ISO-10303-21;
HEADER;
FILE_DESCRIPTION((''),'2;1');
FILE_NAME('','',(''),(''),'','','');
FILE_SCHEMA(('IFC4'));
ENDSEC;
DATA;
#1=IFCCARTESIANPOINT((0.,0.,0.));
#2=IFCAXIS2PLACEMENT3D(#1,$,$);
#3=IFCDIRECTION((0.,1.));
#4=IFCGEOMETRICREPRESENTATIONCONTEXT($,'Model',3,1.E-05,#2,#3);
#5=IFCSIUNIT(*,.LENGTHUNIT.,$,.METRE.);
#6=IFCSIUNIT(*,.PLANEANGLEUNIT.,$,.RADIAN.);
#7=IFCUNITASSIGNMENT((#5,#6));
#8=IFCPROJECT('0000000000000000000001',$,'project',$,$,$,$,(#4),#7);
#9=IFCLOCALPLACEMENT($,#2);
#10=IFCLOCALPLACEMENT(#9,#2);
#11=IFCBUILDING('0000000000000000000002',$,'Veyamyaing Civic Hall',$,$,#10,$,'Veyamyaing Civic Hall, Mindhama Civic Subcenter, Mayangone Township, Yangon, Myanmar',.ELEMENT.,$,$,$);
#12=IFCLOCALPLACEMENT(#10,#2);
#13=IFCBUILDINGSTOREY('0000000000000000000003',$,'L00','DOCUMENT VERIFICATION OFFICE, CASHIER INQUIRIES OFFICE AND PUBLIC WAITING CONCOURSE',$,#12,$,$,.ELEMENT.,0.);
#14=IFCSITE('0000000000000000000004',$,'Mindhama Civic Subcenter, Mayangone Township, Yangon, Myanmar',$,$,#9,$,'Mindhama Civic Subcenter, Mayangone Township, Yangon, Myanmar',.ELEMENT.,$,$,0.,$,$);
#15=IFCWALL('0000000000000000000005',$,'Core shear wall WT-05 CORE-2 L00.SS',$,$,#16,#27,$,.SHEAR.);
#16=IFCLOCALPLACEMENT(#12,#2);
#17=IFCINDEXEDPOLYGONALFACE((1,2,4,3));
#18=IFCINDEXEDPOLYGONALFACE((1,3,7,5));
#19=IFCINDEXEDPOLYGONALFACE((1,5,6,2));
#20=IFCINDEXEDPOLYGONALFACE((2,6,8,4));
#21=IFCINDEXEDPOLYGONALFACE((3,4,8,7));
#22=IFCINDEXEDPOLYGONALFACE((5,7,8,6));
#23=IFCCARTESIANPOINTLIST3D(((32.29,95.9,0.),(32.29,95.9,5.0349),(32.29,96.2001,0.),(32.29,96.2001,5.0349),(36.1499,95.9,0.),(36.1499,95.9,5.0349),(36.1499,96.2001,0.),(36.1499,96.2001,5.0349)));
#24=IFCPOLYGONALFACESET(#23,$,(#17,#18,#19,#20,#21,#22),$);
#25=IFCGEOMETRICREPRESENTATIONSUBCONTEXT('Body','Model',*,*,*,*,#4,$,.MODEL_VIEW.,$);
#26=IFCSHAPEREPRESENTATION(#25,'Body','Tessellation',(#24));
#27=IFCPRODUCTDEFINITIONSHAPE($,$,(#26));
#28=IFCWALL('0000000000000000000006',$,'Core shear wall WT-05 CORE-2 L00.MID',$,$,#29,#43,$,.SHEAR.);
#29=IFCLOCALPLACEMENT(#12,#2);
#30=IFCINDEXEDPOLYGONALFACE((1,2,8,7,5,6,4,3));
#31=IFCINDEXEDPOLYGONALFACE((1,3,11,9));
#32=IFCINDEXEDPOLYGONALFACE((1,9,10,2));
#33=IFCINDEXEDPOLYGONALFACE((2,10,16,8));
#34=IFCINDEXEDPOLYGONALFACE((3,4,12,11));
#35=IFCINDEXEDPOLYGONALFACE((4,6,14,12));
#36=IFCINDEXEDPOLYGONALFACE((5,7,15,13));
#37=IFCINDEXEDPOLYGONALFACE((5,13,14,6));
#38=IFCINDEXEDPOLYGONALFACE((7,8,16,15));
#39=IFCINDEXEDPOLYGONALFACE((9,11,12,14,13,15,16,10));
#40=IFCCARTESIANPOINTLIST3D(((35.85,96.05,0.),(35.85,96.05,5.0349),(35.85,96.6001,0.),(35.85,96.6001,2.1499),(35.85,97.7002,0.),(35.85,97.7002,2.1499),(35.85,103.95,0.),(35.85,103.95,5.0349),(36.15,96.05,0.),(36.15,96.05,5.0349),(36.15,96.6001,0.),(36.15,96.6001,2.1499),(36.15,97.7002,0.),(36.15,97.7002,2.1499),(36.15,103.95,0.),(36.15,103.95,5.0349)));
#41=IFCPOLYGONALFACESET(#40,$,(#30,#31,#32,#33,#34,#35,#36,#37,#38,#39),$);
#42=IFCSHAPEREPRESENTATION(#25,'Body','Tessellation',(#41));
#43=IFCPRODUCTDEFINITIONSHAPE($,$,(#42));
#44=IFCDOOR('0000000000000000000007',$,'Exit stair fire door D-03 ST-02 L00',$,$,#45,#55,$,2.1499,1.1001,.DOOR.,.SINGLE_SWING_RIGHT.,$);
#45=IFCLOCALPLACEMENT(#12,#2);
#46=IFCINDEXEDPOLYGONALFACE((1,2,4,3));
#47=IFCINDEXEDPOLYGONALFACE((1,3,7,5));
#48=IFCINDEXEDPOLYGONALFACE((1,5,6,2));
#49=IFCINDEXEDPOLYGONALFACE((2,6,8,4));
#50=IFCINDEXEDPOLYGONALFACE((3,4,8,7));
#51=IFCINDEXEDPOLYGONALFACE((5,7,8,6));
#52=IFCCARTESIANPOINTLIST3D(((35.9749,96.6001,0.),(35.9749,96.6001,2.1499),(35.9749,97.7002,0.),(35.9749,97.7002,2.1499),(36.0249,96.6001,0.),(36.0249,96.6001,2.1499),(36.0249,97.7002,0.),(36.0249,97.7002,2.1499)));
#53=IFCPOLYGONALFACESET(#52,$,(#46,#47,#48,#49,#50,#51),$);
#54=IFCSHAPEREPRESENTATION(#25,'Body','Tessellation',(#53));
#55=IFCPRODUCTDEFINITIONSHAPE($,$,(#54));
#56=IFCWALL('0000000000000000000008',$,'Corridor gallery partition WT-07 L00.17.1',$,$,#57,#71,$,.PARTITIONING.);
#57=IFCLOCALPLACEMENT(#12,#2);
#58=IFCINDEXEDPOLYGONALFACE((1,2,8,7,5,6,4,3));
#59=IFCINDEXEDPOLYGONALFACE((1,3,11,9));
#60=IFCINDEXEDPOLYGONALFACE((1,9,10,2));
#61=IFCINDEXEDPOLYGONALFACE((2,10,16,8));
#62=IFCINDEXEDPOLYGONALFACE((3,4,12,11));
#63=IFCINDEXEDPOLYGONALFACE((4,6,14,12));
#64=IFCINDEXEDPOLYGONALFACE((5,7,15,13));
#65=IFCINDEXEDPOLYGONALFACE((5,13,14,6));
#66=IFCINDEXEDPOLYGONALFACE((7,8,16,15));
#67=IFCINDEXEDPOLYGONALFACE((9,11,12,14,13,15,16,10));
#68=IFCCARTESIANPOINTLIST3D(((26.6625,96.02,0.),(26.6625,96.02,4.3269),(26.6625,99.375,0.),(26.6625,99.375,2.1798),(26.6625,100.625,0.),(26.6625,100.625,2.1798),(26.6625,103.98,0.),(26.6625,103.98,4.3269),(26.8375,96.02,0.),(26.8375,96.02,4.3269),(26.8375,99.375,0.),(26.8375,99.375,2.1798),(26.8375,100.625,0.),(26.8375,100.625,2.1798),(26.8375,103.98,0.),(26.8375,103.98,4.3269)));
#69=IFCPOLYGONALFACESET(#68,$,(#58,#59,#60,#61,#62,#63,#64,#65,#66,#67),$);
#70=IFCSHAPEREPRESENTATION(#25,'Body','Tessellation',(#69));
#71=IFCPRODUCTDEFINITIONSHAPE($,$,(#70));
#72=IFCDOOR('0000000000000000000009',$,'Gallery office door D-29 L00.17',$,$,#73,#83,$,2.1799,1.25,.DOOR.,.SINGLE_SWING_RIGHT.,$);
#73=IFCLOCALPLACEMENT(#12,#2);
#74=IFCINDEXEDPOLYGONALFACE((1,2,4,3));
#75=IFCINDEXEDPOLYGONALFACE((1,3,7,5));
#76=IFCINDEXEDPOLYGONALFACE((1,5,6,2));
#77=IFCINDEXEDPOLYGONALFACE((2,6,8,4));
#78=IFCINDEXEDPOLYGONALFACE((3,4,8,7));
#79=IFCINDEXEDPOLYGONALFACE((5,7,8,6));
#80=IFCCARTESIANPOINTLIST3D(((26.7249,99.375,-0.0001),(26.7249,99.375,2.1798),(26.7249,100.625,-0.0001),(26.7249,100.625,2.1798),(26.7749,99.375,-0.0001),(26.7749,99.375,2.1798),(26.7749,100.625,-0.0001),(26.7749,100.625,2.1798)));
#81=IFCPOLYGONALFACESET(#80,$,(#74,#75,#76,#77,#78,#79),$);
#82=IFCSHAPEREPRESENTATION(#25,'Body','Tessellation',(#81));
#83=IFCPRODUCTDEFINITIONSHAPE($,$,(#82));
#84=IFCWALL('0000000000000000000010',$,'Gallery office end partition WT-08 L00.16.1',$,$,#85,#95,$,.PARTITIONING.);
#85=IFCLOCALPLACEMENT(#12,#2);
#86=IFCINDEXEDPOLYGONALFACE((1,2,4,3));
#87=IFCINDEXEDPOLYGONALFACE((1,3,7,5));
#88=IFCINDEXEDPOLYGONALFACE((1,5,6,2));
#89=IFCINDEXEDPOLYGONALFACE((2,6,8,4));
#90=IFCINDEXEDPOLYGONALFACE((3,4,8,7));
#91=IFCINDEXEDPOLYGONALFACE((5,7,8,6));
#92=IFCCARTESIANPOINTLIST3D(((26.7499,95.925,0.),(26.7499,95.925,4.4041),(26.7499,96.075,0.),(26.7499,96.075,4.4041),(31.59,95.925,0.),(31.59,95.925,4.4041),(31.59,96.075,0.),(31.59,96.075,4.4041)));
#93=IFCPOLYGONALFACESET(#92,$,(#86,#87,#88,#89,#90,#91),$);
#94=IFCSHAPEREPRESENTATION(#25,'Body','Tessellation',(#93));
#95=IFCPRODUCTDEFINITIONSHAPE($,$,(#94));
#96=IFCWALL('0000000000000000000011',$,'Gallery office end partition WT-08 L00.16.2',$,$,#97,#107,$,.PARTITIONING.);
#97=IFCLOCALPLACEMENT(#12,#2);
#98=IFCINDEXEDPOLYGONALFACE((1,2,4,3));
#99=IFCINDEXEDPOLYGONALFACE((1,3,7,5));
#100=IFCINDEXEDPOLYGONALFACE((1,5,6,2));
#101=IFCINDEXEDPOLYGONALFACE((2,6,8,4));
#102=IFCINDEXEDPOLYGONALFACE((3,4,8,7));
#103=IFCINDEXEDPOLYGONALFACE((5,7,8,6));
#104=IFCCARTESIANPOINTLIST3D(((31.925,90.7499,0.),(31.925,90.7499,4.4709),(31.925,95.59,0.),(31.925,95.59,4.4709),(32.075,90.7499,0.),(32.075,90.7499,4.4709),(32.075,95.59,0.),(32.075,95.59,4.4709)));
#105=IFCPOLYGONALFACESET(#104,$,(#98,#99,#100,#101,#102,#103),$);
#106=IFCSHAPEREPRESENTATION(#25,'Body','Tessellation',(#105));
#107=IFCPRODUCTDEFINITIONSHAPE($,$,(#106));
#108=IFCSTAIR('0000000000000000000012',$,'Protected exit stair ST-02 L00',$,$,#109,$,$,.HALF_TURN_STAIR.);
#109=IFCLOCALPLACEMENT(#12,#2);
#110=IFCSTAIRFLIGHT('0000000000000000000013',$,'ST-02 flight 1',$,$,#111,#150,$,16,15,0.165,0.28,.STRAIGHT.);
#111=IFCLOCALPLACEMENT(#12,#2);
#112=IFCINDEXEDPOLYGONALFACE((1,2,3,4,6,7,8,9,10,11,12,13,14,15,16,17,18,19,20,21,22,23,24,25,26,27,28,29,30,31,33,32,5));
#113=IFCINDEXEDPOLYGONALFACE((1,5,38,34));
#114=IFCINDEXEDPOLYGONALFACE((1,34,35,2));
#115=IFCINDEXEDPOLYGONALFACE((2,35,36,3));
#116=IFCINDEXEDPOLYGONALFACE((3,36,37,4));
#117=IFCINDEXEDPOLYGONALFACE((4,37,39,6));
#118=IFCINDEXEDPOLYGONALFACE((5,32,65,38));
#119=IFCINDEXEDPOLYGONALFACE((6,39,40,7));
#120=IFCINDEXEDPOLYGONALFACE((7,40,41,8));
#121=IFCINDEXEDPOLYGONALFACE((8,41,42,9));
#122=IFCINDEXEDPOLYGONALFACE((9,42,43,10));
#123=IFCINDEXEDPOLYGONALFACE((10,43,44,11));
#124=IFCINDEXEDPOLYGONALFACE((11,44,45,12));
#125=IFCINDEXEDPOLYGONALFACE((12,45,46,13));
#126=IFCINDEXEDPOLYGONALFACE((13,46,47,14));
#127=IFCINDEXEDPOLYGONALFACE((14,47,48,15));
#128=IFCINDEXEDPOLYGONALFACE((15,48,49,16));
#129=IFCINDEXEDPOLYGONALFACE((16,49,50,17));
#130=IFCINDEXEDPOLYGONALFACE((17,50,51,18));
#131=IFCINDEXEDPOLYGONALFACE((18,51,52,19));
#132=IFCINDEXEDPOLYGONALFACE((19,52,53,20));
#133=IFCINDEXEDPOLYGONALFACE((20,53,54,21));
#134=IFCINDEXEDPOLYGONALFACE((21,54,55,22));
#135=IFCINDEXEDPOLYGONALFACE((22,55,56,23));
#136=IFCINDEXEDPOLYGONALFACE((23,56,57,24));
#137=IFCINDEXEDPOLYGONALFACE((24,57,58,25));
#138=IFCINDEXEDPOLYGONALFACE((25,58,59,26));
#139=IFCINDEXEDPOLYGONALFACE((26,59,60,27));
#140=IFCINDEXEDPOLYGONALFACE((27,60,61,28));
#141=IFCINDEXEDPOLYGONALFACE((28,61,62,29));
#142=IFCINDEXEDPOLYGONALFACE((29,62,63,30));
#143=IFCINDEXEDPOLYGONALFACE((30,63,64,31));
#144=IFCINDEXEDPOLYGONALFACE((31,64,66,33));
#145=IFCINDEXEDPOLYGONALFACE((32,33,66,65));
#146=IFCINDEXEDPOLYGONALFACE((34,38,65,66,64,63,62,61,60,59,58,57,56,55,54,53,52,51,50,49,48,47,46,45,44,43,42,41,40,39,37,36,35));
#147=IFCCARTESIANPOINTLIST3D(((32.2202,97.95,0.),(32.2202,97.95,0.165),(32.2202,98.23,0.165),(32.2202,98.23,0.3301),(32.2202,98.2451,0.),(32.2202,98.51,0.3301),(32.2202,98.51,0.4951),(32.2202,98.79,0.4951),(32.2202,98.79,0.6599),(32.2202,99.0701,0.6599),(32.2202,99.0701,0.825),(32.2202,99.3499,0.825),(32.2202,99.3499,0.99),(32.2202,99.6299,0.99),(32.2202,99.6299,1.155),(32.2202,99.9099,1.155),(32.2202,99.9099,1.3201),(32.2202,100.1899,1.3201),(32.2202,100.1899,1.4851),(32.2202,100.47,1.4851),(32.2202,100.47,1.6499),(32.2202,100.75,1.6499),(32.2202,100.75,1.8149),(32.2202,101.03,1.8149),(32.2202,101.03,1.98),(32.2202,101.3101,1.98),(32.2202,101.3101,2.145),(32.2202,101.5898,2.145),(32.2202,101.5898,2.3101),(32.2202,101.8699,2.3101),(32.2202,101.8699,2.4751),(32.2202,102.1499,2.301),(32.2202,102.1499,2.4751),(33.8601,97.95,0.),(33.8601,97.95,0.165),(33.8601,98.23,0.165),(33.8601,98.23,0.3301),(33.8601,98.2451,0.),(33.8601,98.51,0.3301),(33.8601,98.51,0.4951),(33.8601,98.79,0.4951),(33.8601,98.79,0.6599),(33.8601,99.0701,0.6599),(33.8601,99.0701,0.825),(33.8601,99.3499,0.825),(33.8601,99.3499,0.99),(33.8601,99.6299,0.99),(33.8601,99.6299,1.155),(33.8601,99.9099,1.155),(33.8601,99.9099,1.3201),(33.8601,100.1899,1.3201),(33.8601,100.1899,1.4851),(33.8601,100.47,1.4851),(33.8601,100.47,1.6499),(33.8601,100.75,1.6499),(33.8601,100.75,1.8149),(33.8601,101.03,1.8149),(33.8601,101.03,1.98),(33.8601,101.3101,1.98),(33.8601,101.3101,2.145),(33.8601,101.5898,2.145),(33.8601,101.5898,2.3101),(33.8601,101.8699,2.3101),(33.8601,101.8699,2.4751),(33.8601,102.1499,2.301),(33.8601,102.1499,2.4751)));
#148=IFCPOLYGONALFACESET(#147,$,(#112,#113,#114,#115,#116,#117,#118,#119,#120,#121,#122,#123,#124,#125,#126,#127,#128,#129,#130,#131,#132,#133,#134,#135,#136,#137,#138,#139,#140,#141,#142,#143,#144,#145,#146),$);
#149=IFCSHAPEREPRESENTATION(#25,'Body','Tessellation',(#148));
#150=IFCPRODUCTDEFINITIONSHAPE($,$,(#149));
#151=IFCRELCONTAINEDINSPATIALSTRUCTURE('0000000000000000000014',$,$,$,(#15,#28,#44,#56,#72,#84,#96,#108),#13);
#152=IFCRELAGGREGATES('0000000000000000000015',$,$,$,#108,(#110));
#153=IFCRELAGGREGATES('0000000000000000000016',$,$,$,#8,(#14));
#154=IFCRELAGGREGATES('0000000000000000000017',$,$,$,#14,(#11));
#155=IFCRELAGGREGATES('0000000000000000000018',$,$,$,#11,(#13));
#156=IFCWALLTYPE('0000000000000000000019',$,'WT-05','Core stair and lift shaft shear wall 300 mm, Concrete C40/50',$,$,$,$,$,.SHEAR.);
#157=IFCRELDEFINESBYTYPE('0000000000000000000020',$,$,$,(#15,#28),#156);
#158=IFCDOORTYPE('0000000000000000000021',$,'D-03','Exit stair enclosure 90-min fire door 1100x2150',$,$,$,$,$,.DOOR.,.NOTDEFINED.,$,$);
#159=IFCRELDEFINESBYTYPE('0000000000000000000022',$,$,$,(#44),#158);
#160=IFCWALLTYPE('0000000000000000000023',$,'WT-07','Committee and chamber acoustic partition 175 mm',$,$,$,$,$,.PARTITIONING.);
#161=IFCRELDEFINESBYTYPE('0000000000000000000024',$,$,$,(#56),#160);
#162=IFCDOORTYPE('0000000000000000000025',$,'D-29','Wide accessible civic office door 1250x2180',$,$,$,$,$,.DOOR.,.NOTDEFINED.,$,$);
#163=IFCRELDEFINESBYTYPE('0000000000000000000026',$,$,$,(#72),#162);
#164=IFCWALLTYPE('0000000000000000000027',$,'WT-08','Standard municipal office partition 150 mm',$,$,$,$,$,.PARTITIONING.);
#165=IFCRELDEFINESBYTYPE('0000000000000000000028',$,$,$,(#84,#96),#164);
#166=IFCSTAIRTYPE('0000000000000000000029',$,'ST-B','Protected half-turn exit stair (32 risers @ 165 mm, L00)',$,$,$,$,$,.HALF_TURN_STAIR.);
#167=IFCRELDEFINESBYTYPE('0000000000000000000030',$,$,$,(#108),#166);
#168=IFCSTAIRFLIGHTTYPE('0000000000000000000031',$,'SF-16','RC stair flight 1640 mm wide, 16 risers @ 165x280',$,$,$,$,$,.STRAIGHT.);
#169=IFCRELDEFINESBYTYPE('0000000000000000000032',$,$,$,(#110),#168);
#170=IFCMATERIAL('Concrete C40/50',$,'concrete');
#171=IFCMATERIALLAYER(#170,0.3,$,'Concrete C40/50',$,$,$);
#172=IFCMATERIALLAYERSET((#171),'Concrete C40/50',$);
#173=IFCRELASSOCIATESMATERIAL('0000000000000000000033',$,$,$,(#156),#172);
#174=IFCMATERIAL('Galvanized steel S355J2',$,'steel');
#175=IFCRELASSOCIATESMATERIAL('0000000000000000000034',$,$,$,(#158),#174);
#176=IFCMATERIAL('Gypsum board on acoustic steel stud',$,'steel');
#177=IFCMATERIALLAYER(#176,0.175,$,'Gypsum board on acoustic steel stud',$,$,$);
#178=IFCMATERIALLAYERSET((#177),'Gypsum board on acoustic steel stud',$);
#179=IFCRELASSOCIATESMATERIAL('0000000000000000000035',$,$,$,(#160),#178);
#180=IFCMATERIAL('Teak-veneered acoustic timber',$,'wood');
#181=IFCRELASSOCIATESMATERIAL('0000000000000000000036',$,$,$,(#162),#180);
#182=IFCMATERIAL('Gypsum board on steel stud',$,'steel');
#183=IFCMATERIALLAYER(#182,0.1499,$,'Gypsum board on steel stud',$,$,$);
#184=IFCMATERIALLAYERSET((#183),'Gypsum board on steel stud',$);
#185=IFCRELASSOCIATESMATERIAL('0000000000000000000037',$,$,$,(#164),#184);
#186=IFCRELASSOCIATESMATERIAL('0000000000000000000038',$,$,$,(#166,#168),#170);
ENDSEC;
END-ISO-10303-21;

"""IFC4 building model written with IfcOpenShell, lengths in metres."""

from ifc_helpers import new_model, si_unit, direction, frame, frame_2d, origin, place, context, subcontext, project, spatial, polyline, rectangle, outline, extrude, material, layer, layer_set, type_object, element, fill, aggregate, save


model = new_model("IFC4")

# Units and contexts
model_context = context("Model", 3, precision=1e-05, world=origin(), true_north=direction((0.0, 1.0)))
body_context = subcontext(model_context, "Body", "Model", "MODEL_VIEW")
ifc_project = project(units=[si_unit("LENGTHUNIT", "METRE"), si_unit("PLANEANGLEUNIT", "RADIAN")], contexts=[model_context])

# Site, building, storey
site_placement = place(None, origin())
site = spatial("IfcSite", under=ifc_project, at=site_placement, Name="Mindhama Civic Subcenter, Mayangone Township, Yangon, Myanmar", LongName="Mindhama Civic Subcenter, Mayangone Township, Yangon, Myanmar", CompositionType="ELEMENT", RefElevation=0.0)
building_placement = place(site_placement, origin())
building = spatial("IfcBuilding", under=site, at=building_placement, Name="Veyamyaing Civic Hall", LongName="Veyamyaing Civic Hall, Mindhama Civic Subcenter, Mayangone Township, Yangon, Myanmar", CompositionType="ELEMENT")
storey_placement = place(building_placement, origin())
storey = spatial("IfcBuildingStorey", under=building, at=storey_placement, Name="L00", Description="DOCUMENT VERIFICATION OFFICE, CASHIER INQUIRIES OFFICE AND PUBLIC WAITING CONCOURSE", CompositionType="ELEMENT", Elevation=0.0)

# Wall
ifc_material_1 = material(Name="Concrete C40/50", Category="concrete")
ifc_layer_1 = layer(ifc_material_1, 0.3, Name="Concrete C40/50")
ifc_layer_set_1 = layer_set([ifc_layer_1], Name="Concrete C40/50")
wall_type_1 = type_object("IfcWallType", Name="WT-05", Description="Core stair and lift shaft shear wall 300 mm, Concrete C40/50", PredefinedType="SHEAR", material=ifc_layer_set_1)
wall_1_placement = place(storey_placement, frame((32.29, 96.05, 0.0), z_axis=(0.0, 0.0, 1.0), x_axis=(1.0, 0.0, 0.0)))
element("IfcWall", 1, at=wall_1_placement, inside=storey, type_object=wall_type_1, Name="Core shear wall WT-05 CORE-2 L00.SS", PredefinedType="SHEAR", context=body_context, shape_type="SweptSolid", body=[
    extrude(rectangle(XDim=3.8599, YDim=0.3, at=frame_2d((1.9299, 0.0))), origin(), (0.0, 0.0, 1.0), 5.0349),
])

# Walls, openings, doors
wall_2_placement = place(storey_placement, frame((36.0, 96.05, 0.0), z_axis=(0.0, 0.0, 1.0), x_axis=(0.0, 1.0, 0.0)))
wall_2 = element("IfcWall", 2, at=wall_2_placement, inside=storey, type_object=wall_type_1, Name="Core shear wall WT-05 CORE-2 L00.MID", PredefinedType="SHEAR", context=body_context, shape_type="SweptSolid", body=[
    extrude(rectangle(XDim=7.8999, YDim=0.3, at=frame_2d((3.95, 0.0))), origin(), (0.0, 0.0, 1.0), 5.0349),
])
opening_1_placement = place(wall_2_placement, frame((0.55, 0.0, 0.0)))
opening_1 = element("IfcOpeningElement", 3, at=opening_1_placement, cuts=wall_2, PredefinedType="OPENING", context=body_context, shape_type="SweptSolid", body=[
    extrude(rectangle(XDim=1.1001, YDim=2.1499, at=frame_2d((0.55, 1.075))), frame((0.0, 0.1599, 0.0), z_axis=(0.0, -1.0, 0.0), x_axis=(1.0, 0.0, 0.0)), (0.0, 0.0, 1.0), 0.3201),
])
ifc_material_2 = material(Name="Galvanized steel S355J2", Category="steel")
door_type_1 = type_object("IfcDoorType", Name="D-03", Description="Exit stair enclosure 90-min fire door 1100x2150", OperationType="NOTDEFINED", PredefinedType="DOOR", material=ifc_material_2)
door_1_placement = place(opening_1_placement, frame((1.1001, 0.0, 0.0), z_axis=(0.0, 0.0, 1.0), x_axis=(-1.0, 0.0, 0.0)))
door_1 = element("IfcDoor", 4, at=door_1_placement, inside=storey, type_object=door_type_1, Name="Exit stair fire door D-03 ST-02 L00", OperationType="SINGLE_SWING_RIGHT", OverallHeight=2.1499, OverallWidth=1.1001, PredefinedType="DOOR", context=body_context, shape_type="SweptSolid", body=[
    extrude(rectangle(XDim=1.1001, YDim=2.1499, at=frame_2d((0.55, 1.075))), frame((0.0, 0.0249, 0.0), z_axis=(0.0, -1.0, 0.0), x_axis=(1.0, 0.0, 0.0)), (0.0, 0.0, 1.0), 0.05),
])
fill(opening_1, door_1)
ifc_material_3 = material(Name="Gypsum board on acoustic steel stud", Category="steel")
ifc_layer_2 = layer(ifc_material_3, 0.175, Name="Gypsum board on acoustic steel stud")
ifc_layer_set_2 = layer_set([ifc_layer_2], Name="Gypsum board on acoustic steel stud")
wall_type_2 = type_object("IfcWallType", Name="WT-07", Description="Committee and chamber acoustic partition 175 mm", PredefinedType="PARTITIONING", material=ifc_layer_set_2)
wall_3_placement = place(storey_placement, frame((26.75, 96.02, 0.0), z_axis=(0.0, 0.0, 1.0), x_axis=(0.0, 1.0, 0.0)))
wall_3 = element("IfcWall", 5, at=wall_3_placement, inside=storey, type_object=wall_type_2, Name="Corridor gallery partition WT-07 L00.17.1", PredefinedType="PARTITIONING", context=body_context, shape_type="SweptSolid", body=[
    extrude(rectangle(XDim=7.96, YDim=0.175, at=frame_2d((3.98, 0.0))), origin(), (0.0, 0.0, 1.0), 4.3269),
])
opening_2_placement = place(wall_3_placement, frame((3.355, 0.0, 0.0)))
opening_2 = element("IfcOpeningElement", 6, at=opening_2_placement, cuts=wall_3, PredefinedType="OPENING", context=body_context, shape_type="SweptSolid", body=[
    extrude(rectangle(XDim=1.25, YDim=2.1799, at=frame_2d((0.625, 1.0898))), frame((0.0, 0.0974, 0.0), z_axis=(0.0, -1.0, 0.0), x_axis=(1.0, 0.0, 0.0)), (0.0, 0.0, 1.0), 0.1951),
])
ifc_material_4 = material(Name="Teak-veneered acoustic timber", Category="wood")
door_type_2 = type_object("IfcDoorType", Name="D-29", Description="Wide accessible civic office door 1250x2180", OperationType="NOTDEFINED", PredefinedType="DOOR", material=ifc_material_4)
door_2_placement = place(opening_2_placement, frame((1.25, 0.0, 0.0), z_axis=(0.0, 0.0, 1.0), x_axis=(-1.0, 0.0, 0.0)))
door_2 = element("IfcDoor", 7, at=door_2_placement, inside=storey, type_object=door_type_2, Name="Gallery office door D-29 L00.17", OperationType="SINGLE_SWING_RIGHT", OverallHeight=2.1799, OverallWidth=1.25, PredefinedType="DOOR", context=body_context, shape_type="SweptSolid", body=[
    extrude(rectangle(XDim=1.25, YDim=2.1799, at=frame_2d((0.625, 1.0898))), frame((0.0, 0.0249, 0.0), z_axis=(0.0, -1.0, 0.0), x_axis=(1.0, 0.0, 0.0)), (0.0, 0.0, 1.0), 0.05),
])
fill(opening_2, door_2)

# Walls
ifc_material_5 = material(Name="Gypsum board on steel stud", Category="steel")
ifc_layer_3 = layer(ifc_material_5, 0.1499, Name="Gypsum board on steel stud")
ifc_layer_set_3 = layer_set([ifc_layer_3], Name="Gypsum board on steel stud")
wall_type_3 = type_object("IfcWallType", Name="WT-08", Description="Standard municipal office partition 150 mm", PredefinedType="PARTITIONING", material=ifc_layer_set_3)
wall_4_placement = place(storey_placement, frame((26.75, 96.0, 0.0), z_axis=(0.0, 0.0, 1.0), x_axis=(1.0, 0.0, 0.0)))
element("IfcWall", 8, at=wall_4_placement, inside=storey, type_object=wall_type_3, Name="Gallery office end partition WT-08 L00.16.1", PredefinedType="PARTITIONING", context=body_context, shape_type="SweptSolid", body=[
    extrude(rectangle(XDim=4.8401, YDim=0.1499, at=frame_2d((2.4199, 0.0))), origin(), (0.0, 0.0, 1.0), 4.4041),
])
wall_5_placement = place(storey_placement, frame((32.0, 90.75, 0.0), z_axis=(0.0, 0.0, 1.0), x_axis=(0.0, 1.0, 0.0)))
element("IfcWall", 9, at=wall_5_placement, inside=storey, type_object=wall_type_3, Name="Gallery office end partition WT-08 L00.16.2", PredefinedType="PARTITIONING", context=body_context, shape_type="SweptSolid", body=[
    extrude(rectangle(XDim=4.8401, YDim=0.1499, at=frame_2d((2.4199, 0.0))), origin(), (0.0, 0.0, 1.0), 4.4709),
])

# Stair, stair flight
stair_type = type_object("IfcStairType", Name="ST-B", Description="Protected half-turn exit stair (32 risers @ 165 mm, L00)", PredefinedType="HALF_TURN_STAIR", material=ifc_material_1)
stair_placement = place(storey_placement, origin())
stair = element("IfcStair", 10, at=stair_placement, inside=storey, type_object=stair_type, Name="Protected exit stair ST-02 L00", PredefinedType="HALF_TURN_STAIR")
stair_flight_type = type_object("IfcStairFlightType", Name="SF-16", Description="RC stair flight 1640 mm wide, 16 risers @ 165x280", PredefinedType="STRAIGHT", material=ifc_material_1)
stair_flight_1_placement = place(storey_placement, frame((33.04, 97.95, 0.0), z_axis=(0.0, 0.0, 1.0), x_axis=(0.0, 1.0, 0.0)))
stair_flight_1 = element("IfcStairFlight", 11, at=stair_flight_1_placement, type_object=stair_flight_type, Name="ST-02 flight 1", NumberOfRisers=16, NumberOfTreads=15, PredefinedType="STRAIGHT", RiserHeight=0.165, TreadLength=0.28, context=body_context, shape_type="SweptSolid", body=[
    extrude(outline(polyline([(0.0, 0.0), (0.0, 0.165), (0.28, 0.165), (0.28, 0.3301), (0.5601, 0.3301), (0.5601, 0.4951), (0.8401, 0.4951), (0.8401, 0.6599), (1.1201, 0.6599), (1.1201, 0.825), (1.3999, 0.825), (1.3999, 0.99), (1.6799, 0.99), (1.6799, 1.155), (1.96, 1.155), (1.96, 1.3201), (2.24, 1.3201), (2.24, 1.4851), (2.52, 1.4851), (2.52, 1.6499), (2.8, 1.6499), (2.8, 1.8149), (3.0801, 1.8149), (3.0801, 1.98), (3.3601, 1.98), (3.3601, 2.145), (3.6399, 2.145), (3.6399, 2.3101), (3.9199, 2.3101), (3.9199, 2.4751), (4.2, 2.4751), (4.2, 2.6399), (4.2, 2.301), (0.2952, 0.0), (0.0, 0.0)])), frame((0.0, 0.8198, 0.0), z_axis=(0.0, -1.0, 0.0), x_axis=(1.0, 0.0, 0.0)), (0.0, 0.0, 1.0), 1.6399),
])
aggregate(stair, [stair_flight_1])

save(model, "model.ifc")
